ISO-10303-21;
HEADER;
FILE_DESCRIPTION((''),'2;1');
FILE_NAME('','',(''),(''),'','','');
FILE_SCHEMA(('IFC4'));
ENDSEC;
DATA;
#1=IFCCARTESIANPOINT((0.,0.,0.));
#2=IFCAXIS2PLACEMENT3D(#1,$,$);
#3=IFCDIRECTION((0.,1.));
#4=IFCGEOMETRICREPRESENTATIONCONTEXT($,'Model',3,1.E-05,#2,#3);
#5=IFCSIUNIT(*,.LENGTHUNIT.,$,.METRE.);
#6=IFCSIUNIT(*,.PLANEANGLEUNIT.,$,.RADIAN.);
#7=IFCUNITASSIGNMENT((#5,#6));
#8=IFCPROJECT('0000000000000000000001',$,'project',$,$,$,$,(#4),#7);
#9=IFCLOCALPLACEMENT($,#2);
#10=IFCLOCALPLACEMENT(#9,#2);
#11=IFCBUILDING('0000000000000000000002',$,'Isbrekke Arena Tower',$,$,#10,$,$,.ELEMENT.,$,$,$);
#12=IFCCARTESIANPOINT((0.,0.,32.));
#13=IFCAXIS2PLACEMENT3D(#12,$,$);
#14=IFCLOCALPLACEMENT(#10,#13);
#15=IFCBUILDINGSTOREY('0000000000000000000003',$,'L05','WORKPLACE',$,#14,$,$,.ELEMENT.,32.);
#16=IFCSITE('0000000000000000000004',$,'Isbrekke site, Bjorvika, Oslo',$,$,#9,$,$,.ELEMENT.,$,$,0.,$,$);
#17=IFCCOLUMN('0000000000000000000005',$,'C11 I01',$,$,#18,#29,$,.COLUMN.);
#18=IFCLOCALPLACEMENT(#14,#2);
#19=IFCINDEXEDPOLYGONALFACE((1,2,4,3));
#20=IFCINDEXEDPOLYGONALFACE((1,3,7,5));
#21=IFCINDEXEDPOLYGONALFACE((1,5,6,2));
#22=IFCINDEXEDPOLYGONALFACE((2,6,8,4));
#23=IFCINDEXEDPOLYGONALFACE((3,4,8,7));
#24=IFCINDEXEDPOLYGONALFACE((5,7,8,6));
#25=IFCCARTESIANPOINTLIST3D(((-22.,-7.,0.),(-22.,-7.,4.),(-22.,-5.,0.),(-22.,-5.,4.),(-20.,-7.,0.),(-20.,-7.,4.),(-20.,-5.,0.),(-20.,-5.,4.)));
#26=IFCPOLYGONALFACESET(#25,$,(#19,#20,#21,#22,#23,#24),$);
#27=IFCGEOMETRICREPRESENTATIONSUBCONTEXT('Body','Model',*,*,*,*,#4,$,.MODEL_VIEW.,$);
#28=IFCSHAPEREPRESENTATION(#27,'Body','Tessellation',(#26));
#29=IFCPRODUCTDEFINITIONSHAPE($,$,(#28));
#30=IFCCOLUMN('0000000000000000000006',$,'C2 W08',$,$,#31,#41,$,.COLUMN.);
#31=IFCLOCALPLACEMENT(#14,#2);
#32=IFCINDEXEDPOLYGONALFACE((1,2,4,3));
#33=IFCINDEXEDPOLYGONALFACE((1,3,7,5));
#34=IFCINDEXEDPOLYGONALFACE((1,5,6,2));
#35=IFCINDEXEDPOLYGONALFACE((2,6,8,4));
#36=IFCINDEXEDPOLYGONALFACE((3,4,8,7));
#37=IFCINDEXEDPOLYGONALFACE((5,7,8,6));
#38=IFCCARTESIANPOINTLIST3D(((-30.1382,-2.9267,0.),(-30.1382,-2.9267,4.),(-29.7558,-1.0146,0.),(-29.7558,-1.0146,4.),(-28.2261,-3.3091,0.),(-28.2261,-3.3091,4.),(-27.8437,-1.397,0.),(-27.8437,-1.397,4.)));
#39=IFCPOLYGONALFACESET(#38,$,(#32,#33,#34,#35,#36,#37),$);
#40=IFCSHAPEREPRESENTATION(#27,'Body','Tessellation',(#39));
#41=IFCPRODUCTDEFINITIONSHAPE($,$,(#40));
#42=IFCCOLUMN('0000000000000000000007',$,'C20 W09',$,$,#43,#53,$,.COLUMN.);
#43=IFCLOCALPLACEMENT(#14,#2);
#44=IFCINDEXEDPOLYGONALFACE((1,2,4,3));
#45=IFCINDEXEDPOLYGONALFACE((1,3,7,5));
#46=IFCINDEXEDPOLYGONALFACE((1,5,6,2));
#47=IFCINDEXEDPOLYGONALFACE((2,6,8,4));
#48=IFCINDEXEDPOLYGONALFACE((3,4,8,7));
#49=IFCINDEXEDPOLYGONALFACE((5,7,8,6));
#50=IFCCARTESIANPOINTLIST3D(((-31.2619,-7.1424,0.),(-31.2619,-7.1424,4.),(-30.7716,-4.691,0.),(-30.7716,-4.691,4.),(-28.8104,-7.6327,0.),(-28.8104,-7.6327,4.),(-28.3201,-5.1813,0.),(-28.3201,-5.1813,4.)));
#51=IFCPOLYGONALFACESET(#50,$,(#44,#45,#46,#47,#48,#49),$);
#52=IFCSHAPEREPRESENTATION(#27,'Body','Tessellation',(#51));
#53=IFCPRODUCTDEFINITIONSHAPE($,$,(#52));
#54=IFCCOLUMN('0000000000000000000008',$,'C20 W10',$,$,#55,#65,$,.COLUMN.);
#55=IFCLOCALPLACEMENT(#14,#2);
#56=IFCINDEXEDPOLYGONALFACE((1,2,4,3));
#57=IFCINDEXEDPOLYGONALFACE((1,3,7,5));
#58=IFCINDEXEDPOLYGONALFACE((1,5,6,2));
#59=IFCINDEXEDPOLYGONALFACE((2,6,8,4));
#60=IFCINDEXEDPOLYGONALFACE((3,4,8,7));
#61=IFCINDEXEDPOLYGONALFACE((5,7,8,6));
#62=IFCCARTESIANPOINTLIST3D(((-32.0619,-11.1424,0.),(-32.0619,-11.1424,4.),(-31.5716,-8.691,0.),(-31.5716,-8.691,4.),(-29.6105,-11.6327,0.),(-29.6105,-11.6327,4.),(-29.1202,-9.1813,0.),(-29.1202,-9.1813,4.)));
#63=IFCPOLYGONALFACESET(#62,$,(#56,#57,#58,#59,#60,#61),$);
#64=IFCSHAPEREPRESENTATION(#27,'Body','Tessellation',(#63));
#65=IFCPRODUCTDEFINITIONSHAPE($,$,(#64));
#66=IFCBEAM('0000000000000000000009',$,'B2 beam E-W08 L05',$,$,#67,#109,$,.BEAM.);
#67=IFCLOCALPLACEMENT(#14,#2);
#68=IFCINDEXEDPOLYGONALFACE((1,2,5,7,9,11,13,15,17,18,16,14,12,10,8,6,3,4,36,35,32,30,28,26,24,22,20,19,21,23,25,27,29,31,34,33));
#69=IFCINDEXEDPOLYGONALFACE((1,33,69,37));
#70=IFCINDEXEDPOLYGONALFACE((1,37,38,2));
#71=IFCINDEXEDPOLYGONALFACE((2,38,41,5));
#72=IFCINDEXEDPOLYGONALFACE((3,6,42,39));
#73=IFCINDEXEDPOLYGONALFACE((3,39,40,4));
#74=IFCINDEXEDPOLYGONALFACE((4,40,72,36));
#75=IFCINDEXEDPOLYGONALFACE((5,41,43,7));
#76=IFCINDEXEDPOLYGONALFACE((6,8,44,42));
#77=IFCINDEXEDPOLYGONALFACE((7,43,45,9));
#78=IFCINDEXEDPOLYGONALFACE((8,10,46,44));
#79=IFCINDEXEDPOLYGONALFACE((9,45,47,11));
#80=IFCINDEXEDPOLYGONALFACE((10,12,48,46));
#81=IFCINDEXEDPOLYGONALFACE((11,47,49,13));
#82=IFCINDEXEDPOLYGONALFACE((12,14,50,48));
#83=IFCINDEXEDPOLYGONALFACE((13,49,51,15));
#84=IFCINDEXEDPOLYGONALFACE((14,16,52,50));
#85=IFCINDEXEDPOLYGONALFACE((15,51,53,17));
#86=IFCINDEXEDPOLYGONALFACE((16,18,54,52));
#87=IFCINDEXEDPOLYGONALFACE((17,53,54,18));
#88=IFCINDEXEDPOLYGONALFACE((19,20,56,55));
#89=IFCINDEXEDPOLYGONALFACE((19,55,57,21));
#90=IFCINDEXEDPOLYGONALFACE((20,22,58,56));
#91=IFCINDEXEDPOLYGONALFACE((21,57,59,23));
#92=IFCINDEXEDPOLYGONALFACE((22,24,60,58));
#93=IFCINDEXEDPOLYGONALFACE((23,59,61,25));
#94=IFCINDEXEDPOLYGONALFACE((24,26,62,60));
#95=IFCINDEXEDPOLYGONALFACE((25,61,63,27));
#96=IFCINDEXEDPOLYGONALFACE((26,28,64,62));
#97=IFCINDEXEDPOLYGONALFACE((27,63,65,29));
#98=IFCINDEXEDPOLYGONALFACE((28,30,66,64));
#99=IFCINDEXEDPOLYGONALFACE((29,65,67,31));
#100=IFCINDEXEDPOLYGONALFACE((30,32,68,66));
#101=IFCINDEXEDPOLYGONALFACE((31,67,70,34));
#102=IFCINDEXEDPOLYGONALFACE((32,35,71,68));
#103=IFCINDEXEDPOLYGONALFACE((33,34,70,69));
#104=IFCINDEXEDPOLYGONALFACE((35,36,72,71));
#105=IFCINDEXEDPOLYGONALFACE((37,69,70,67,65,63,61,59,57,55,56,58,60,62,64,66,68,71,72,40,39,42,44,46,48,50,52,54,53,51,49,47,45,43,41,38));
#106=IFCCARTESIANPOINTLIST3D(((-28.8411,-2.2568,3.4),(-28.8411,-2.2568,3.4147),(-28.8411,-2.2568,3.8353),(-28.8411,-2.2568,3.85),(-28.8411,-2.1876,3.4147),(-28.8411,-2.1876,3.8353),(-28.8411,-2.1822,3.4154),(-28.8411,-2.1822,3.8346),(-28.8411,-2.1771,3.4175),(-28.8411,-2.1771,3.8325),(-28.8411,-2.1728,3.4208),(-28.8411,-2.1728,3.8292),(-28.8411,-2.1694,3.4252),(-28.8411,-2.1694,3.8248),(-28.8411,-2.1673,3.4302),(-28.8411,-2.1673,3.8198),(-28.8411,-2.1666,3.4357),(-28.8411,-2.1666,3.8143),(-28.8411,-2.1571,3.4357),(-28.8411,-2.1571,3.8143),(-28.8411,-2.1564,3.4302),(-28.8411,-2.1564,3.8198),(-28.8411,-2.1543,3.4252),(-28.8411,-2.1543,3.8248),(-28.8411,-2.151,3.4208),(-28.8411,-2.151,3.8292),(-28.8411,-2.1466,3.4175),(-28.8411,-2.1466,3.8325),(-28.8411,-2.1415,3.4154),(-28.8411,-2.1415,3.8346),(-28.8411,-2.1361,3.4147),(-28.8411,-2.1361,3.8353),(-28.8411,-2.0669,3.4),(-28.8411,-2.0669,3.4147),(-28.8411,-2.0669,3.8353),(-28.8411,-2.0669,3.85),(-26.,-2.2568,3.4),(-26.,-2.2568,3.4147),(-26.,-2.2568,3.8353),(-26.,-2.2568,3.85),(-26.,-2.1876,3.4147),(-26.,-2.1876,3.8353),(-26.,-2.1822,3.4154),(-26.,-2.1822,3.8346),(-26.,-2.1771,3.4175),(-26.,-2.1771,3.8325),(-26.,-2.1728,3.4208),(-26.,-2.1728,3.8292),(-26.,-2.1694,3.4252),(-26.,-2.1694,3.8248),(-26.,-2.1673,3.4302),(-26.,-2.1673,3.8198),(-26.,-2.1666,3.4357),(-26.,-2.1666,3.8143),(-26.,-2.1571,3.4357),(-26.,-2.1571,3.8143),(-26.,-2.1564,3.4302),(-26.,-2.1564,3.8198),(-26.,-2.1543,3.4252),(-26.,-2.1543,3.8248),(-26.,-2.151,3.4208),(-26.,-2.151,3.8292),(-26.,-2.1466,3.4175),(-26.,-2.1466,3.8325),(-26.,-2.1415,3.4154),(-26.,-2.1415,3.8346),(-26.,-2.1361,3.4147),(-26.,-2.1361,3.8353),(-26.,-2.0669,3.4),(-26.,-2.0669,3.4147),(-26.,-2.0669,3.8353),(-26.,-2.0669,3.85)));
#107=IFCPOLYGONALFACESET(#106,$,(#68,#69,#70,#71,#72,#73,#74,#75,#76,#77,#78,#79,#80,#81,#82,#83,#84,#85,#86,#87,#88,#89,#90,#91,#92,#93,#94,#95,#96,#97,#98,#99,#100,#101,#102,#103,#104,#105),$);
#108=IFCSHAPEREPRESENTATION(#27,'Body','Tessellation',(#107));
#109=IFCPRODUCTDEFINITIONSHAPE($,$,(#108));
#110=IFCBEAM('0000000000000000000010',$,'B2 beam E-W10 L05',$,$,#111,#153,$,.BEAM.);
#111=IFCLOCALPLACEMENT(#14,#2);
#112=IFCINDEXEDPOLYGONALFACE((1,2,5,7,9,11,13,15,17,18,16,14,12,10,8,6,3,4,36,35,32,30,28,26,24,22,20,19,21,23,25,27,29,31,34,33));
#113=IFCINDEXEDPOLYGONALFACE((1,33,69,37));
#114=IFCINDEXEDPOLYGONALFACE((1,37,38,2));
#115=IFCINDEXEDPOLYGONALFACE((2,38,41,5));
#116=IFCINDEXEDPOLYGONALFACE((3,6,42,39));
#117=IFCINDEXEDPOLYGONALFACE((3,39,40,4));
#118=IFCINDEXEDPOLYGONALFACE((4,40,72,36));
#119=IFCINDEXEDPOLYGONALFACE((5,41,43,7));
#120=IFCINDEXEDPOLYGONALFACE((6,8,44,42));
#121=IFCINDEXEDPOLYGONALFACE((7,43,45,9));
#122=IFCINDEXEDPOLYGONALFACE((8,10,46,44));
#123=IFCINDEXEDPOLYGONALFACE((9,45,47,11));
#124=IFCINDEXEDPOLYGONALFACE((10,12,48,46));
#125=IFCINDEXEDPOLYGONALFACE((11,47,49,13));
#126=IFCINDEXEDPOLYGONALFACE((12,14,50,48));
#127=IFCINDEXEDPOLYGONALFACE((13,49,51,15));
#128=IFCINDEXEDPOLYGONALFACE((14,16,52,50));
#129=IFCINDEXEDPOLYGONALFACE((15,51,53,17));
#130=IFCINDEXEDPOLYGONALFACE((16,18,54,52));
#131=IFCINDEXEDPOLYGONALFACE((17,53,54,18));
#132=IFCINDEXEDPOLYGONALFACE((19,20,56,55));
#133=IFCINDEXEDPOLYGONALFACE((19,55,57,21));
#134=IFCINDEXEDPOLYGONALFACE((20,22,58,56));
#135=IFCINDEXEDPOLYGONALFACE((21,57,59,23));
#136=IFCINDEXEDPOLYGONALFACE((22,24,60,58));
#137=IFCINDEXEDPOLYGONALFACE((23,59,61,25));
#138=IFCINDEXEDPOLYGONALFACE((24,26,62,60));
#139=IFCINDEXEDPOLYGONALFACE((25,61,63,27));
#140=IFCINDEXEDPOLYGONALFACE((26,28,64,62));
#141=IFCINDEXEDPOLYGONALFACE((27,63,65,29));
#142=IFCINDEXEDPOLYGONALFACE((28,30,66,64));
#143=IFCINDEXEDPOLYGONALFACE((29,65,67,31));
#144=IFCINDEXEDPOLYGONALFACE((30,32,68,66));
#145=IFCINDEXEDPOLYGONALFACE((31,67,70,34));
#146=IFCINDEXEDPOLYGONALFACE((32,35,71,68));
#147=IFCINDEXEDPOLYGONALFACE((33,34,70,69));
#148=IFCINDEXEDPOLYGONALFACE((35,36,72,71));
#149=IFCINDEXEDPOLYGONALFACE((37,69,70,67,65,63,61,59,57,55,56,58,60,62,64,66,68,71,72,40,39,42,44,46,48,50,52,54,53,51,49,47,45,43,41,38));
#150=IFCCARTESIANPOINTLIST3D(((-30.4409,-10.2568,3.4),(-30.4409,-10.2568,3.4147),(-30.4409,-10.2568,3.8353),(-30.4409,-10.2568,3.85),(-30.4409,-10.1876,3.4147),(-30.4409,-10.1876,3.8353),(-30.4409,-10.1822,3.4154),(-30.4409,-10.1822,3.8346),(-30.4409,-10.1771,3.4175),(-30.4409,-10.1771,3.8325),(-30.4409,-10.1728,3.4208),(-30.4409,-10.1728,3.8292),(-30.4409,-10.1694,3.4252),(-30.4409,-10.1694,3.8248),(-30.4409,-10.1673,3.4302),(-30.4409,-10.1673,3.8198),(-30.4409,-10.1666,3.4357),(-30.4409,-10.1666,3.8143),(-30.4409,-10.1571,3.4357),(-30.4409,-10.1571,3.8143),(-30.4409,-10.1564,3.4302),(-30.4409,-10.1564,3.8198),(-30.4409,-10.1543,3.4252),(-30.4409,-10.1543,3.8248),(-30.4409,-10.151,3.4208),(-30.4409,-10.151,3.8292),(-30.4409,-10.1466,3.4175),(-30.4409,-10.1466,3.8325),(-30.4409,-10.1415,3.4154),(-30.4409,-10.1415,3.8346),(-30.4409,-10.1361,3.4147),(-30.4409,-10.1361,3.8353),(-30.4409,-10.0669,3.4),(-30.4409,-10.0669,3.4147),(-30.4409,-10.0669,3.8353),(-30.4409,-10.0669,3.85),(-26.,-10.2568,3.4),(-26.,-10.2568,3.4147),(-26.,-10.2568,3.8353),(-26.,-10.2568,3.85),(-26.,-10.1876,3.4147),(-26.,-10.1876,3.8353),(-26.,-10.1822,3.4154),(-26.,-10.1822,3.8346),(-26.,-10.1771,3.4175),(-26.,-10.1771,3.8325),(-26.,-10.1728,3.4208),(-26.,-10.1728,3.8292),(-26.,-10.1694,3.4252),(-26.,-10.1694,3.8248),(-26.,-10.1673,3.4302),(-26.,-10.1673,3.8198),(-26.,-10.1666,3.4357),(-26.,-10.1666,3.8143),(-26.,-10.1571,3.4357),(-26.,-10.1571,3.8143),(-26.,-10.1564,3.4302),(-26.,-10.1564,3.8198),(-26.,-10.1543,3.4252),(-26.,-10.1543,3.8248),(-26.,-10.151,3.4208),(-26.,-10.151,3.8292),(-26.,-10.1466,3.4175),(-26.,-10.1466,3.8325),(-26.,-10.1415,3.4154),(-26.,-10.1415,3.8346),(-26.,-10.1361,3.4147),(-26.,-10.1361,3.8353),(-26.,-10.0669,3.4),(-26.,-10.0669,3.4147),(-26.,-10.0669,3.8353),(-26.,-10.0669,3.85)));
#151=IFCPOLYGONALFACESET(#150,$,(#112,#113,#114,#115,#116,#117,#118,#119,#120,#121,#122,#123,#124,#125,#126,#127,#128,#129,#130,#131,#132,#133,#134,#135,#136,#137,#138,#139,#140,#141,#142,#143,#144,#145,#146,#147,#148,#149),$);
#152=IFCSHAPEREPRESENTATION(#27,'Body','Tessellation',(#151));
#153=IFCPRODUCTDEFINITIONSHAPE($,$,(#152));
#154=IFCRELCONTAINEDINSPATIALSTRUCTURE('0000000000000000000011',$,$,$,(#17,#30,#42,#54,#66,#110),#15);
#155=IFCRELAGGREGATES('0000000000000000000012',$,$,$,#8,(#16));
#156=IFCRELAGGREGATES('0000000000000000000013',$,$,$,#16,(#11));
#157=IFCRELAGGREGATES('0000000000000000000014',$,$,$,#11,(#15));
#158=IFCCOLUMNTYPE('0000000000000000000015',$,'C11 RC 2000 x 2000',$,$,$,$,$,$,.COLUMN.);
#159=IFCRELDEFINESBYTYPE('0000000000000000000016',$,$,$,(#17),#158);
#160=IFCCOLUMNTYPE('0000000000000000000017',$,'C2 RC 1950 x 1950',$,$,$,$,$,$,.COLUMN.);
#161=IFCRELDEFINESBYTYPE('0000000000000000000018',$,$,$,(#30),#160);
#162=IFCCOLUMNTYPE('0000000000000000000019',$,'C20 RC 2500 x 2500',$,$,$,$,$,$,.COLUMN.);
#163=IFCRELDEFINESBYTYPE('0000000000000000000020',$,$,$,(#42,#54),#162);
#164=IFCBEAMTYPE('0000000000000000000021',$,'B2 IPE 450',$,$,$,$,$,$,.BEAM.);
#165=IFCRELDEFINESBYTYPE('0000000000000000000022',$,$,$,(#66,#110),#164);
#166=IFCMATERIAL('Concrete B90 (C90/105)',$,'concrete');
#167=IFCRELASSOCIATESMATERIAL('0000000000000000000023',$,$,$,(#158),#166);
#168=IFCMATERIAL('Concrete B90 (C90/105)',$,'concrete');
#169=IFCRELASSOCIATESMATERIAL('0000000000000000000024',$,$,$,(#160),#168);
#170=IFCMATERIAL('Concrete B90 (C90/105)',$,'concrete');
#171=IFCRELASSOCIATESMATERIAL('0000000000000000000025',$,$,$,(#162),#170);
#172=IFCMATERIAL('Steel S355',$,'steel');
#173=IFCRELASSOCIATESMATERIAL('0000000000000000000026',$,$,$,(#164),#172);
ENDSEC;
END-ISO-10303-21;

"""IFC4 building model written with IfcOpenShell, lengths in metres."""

from ifc_helpers import new_model, si_unit, direction, frame, origin, origin_2d, place, context, subcontext, project, spatial, rectangle, i_section, extrude, material, material_profile, profile_set, type_object, element, save


model = new_model("IFC4")

# Units and contexts
model_context = context("Model", 3, precision=1e-05, world=origin(), true_north=direction((0.0, 1.0)))
body_context = subcontext(model_context, "Body", "Model", "MODEL_VIEW")
ifc_project = project(units=[si_unit("LENGTHUNIT", "METRE"), si_unit("PLANEANGLEUNIT", "RADIAN")], contexts=[model_context])

# Site, building, storey
site_placement = place(None, origin())
site = spatial("IfcSite", under=ifc_project, at=site_placement, Name="Isbrekke site, Bjorvika, Oslo", CompositionType="ELEMENT", RefElevation=0.0)
building_placement = place(site_placement, origin())
building = spatial("IfcBuilding", under=site, at=building_placement, Name="Isbrekke Arena Tower", CompositionType="ELEMENT")
storey_placement = place(building_placement, frame((0.0, 0.0, 32.0)))
storey = spatial("IfcBuildingStorey", under=building, at=storey_placement, Name="L05", Description="WORKPLACE", CompositionType="ELEMENT", Elevation=32.0)

# Columns
ifc_material_1 = material(Name="Concrete B90 (C90/105)", Category="concrete")
ifc_material_profile_1 = material_profile(ifc_material_1, rectangle(XDim=2.0, YDim=2.0, at=origin_2d()), Name="RC 2000x2000")
ifc_profile_set_1 = profile_set([ifc_material_profile_1], Name="Concrete B90 (C90/105)")
column_type_1 = type_object("IfcColumnType", Name="C11 RC 2000 x 2000", PredefinedType="COLUMN", material=ifc_profile_set_1)
column_1_placement = place(storey_placement, frame((-21.0, -6.0, 0.0), z_axis=(0.0, 0.0, 1.0), x_axis=(1.0, 0.0, 0.0)))
element("IfcColumn", 1, at=column_1_placement, inside=storey, type_object=column_type_1, Name="C11 I01", PredefinedType="COLUMN", context=body_context, shape_type="SweptSolid", body=[
    extrude(rectangle(XDim=2.0, YDim=2.0, at=origin_2d()), origin(), (0.0, 0.0, 1.0), 4.0),
])
ifc_material_2 = material(Name="Concrete B90 (C90/105)", Category="concrete")
ifc_material_profile_2 = material_profile(ifc_material_2, rectangle(XDim=1.95, YDim=1.95, at=origin_2d()), Name="RC 1950x1950")
ifc_profile_set_2 = profile_set([ifc_material_profile_2], Name="Concrete B90 (C90/105)")
column_type_2 = type_object("IfcColumnType", Name="C2 RC 1950 x 1950", PredefinedType="COLUMN", material=ifc_profile_set_2)
column_2_placement = place(storey_placement, frame((-28.991, -2.1619, 0.0), z_axis=(0.0, 0.0, 1.0), x_axis=(-0.196116, -0.980581, 0.0)))
element("IfcColumn", 2, at=column_2_placement, inside=storey, type_object=column_type_2, Name="C2 W08", PredefinedType="COLUMN", context=body_context, shape_type="SweptSolid", body=[
    extrude(rectangle(XDim=1.95, YDim=1.95, at=origin_2d()), origin(), (0.0, 0.0, 1.0), 4.0),
])
ifc_material_3 = material(Name="Concrete B90 (C90/105)", Category="concrete")
ifc_material_profile_3 = material_profile(ifc_material_3, rectangle(XDim=2.5, YDim=2.5, at=origin_2d()), Name="RC 2500x2500")
ifc_profile_set_3 = profile_set([ifc_material_profile_3], Name="Concrete B90 (C90/105)")
column_type_3 = type_object("IfcColumnType", Name="C20 RC 2500 x 2500", PredefinedType="COLUMN", material=ifc_profile_set_3)
for number, where, z_axis, x_axis, name in (
    (3, (-29.791, -6.1619, 0.0), (0.0, 0.0, 1.0), (-0.196116, -0.980581, 0.0), "C20 W09"),
    (4, (-30.5911, -10.1619, 0.0), (0.0, 0.0, 1.0), (-0.196116, -0.980581, 0.0), "C20 W10"),
):
    element("IfcColumn", number, at=place(storey_placement, frame(where, z_axis=z_axis, x_axis=x_axis)), inside=storey, type_object=column_type_3, Name=name, PredefinedType="COLUMN", context=body_context, shape_type="SweptSolid", body=[
        extrude(rectangle(XDim=2.5, YDim=2.5, at=origin_2d()), origin(), (0.0, 0.0, 1.0), 4.0),
    ])

# Beams
ifc_material_4 = material(Name="Steel S355", Category="steel")
ifc_material_profile_4 = material_profile(ifc_material_4, i_section(OverallWidth=0.1899, OverallDepth=0.45, WebThickness=0.0095, FlangeThickness=0.0146, FilletRadius=0.021, at=origin_2d()), Name="IPE 450")
ifc_profile_set_4 = profile_set([ifc_material_profile_4], Name="Steel S355")
beam_type_1 = type_object("IfcBeamType", Name="B2 IPE 450", PredefinedType="BEAM", material=ifc_profile_set_4)
beam_1_placement = place(storey_placement, frame((-28.8411, -2.1619, 3.625), z_axis=(1.0, 0.0, 0.0), x_axis=(0.0, 1.0, 0.0)))
element("IfcBeam", 5, at=beam_1_placement, inside=storey, type_object=beam_type_1, Name="B2 beam E-W08 L05", PredefinedType="BEAM", context=body_context, shape_type="SweptSolid", body=[
    extrude(i_section(OverallWidth=0.1899, OverallDepth=0.45, WebThickness=0.0095, FlangeThickness=0.0146, FilletRadius=0.021, at=origin_2d()), origin(), (0.0, 0.0, 1.0), 2.8411),
])
beam_2_placement = place(storey_placement, frame((-30.4409, -10.1619, 3.625), z_axis=(1.0, 0.0, 0.0), x_axis=(0.0, 1.0, 0.0)))
element("IfcBeam", 6, at=beam_2_placement, inside=storey, type_object=beam_type_1, Name="B2 beam E-W10 L05", PredefinedType="BEAM", context=body_context, shape_type="SweptSolid", body=[
    extrude(i_section(OverallWidth=0.1899, OverallDepth=0.45, WebThickness=0.0095, FlangeThickness=0.0146, FilletRadius=0.021, at=origin_2d()), origin(), (0.0, 0.0, 1.0), 4.4409),
])

save(model, "model.ifc")
